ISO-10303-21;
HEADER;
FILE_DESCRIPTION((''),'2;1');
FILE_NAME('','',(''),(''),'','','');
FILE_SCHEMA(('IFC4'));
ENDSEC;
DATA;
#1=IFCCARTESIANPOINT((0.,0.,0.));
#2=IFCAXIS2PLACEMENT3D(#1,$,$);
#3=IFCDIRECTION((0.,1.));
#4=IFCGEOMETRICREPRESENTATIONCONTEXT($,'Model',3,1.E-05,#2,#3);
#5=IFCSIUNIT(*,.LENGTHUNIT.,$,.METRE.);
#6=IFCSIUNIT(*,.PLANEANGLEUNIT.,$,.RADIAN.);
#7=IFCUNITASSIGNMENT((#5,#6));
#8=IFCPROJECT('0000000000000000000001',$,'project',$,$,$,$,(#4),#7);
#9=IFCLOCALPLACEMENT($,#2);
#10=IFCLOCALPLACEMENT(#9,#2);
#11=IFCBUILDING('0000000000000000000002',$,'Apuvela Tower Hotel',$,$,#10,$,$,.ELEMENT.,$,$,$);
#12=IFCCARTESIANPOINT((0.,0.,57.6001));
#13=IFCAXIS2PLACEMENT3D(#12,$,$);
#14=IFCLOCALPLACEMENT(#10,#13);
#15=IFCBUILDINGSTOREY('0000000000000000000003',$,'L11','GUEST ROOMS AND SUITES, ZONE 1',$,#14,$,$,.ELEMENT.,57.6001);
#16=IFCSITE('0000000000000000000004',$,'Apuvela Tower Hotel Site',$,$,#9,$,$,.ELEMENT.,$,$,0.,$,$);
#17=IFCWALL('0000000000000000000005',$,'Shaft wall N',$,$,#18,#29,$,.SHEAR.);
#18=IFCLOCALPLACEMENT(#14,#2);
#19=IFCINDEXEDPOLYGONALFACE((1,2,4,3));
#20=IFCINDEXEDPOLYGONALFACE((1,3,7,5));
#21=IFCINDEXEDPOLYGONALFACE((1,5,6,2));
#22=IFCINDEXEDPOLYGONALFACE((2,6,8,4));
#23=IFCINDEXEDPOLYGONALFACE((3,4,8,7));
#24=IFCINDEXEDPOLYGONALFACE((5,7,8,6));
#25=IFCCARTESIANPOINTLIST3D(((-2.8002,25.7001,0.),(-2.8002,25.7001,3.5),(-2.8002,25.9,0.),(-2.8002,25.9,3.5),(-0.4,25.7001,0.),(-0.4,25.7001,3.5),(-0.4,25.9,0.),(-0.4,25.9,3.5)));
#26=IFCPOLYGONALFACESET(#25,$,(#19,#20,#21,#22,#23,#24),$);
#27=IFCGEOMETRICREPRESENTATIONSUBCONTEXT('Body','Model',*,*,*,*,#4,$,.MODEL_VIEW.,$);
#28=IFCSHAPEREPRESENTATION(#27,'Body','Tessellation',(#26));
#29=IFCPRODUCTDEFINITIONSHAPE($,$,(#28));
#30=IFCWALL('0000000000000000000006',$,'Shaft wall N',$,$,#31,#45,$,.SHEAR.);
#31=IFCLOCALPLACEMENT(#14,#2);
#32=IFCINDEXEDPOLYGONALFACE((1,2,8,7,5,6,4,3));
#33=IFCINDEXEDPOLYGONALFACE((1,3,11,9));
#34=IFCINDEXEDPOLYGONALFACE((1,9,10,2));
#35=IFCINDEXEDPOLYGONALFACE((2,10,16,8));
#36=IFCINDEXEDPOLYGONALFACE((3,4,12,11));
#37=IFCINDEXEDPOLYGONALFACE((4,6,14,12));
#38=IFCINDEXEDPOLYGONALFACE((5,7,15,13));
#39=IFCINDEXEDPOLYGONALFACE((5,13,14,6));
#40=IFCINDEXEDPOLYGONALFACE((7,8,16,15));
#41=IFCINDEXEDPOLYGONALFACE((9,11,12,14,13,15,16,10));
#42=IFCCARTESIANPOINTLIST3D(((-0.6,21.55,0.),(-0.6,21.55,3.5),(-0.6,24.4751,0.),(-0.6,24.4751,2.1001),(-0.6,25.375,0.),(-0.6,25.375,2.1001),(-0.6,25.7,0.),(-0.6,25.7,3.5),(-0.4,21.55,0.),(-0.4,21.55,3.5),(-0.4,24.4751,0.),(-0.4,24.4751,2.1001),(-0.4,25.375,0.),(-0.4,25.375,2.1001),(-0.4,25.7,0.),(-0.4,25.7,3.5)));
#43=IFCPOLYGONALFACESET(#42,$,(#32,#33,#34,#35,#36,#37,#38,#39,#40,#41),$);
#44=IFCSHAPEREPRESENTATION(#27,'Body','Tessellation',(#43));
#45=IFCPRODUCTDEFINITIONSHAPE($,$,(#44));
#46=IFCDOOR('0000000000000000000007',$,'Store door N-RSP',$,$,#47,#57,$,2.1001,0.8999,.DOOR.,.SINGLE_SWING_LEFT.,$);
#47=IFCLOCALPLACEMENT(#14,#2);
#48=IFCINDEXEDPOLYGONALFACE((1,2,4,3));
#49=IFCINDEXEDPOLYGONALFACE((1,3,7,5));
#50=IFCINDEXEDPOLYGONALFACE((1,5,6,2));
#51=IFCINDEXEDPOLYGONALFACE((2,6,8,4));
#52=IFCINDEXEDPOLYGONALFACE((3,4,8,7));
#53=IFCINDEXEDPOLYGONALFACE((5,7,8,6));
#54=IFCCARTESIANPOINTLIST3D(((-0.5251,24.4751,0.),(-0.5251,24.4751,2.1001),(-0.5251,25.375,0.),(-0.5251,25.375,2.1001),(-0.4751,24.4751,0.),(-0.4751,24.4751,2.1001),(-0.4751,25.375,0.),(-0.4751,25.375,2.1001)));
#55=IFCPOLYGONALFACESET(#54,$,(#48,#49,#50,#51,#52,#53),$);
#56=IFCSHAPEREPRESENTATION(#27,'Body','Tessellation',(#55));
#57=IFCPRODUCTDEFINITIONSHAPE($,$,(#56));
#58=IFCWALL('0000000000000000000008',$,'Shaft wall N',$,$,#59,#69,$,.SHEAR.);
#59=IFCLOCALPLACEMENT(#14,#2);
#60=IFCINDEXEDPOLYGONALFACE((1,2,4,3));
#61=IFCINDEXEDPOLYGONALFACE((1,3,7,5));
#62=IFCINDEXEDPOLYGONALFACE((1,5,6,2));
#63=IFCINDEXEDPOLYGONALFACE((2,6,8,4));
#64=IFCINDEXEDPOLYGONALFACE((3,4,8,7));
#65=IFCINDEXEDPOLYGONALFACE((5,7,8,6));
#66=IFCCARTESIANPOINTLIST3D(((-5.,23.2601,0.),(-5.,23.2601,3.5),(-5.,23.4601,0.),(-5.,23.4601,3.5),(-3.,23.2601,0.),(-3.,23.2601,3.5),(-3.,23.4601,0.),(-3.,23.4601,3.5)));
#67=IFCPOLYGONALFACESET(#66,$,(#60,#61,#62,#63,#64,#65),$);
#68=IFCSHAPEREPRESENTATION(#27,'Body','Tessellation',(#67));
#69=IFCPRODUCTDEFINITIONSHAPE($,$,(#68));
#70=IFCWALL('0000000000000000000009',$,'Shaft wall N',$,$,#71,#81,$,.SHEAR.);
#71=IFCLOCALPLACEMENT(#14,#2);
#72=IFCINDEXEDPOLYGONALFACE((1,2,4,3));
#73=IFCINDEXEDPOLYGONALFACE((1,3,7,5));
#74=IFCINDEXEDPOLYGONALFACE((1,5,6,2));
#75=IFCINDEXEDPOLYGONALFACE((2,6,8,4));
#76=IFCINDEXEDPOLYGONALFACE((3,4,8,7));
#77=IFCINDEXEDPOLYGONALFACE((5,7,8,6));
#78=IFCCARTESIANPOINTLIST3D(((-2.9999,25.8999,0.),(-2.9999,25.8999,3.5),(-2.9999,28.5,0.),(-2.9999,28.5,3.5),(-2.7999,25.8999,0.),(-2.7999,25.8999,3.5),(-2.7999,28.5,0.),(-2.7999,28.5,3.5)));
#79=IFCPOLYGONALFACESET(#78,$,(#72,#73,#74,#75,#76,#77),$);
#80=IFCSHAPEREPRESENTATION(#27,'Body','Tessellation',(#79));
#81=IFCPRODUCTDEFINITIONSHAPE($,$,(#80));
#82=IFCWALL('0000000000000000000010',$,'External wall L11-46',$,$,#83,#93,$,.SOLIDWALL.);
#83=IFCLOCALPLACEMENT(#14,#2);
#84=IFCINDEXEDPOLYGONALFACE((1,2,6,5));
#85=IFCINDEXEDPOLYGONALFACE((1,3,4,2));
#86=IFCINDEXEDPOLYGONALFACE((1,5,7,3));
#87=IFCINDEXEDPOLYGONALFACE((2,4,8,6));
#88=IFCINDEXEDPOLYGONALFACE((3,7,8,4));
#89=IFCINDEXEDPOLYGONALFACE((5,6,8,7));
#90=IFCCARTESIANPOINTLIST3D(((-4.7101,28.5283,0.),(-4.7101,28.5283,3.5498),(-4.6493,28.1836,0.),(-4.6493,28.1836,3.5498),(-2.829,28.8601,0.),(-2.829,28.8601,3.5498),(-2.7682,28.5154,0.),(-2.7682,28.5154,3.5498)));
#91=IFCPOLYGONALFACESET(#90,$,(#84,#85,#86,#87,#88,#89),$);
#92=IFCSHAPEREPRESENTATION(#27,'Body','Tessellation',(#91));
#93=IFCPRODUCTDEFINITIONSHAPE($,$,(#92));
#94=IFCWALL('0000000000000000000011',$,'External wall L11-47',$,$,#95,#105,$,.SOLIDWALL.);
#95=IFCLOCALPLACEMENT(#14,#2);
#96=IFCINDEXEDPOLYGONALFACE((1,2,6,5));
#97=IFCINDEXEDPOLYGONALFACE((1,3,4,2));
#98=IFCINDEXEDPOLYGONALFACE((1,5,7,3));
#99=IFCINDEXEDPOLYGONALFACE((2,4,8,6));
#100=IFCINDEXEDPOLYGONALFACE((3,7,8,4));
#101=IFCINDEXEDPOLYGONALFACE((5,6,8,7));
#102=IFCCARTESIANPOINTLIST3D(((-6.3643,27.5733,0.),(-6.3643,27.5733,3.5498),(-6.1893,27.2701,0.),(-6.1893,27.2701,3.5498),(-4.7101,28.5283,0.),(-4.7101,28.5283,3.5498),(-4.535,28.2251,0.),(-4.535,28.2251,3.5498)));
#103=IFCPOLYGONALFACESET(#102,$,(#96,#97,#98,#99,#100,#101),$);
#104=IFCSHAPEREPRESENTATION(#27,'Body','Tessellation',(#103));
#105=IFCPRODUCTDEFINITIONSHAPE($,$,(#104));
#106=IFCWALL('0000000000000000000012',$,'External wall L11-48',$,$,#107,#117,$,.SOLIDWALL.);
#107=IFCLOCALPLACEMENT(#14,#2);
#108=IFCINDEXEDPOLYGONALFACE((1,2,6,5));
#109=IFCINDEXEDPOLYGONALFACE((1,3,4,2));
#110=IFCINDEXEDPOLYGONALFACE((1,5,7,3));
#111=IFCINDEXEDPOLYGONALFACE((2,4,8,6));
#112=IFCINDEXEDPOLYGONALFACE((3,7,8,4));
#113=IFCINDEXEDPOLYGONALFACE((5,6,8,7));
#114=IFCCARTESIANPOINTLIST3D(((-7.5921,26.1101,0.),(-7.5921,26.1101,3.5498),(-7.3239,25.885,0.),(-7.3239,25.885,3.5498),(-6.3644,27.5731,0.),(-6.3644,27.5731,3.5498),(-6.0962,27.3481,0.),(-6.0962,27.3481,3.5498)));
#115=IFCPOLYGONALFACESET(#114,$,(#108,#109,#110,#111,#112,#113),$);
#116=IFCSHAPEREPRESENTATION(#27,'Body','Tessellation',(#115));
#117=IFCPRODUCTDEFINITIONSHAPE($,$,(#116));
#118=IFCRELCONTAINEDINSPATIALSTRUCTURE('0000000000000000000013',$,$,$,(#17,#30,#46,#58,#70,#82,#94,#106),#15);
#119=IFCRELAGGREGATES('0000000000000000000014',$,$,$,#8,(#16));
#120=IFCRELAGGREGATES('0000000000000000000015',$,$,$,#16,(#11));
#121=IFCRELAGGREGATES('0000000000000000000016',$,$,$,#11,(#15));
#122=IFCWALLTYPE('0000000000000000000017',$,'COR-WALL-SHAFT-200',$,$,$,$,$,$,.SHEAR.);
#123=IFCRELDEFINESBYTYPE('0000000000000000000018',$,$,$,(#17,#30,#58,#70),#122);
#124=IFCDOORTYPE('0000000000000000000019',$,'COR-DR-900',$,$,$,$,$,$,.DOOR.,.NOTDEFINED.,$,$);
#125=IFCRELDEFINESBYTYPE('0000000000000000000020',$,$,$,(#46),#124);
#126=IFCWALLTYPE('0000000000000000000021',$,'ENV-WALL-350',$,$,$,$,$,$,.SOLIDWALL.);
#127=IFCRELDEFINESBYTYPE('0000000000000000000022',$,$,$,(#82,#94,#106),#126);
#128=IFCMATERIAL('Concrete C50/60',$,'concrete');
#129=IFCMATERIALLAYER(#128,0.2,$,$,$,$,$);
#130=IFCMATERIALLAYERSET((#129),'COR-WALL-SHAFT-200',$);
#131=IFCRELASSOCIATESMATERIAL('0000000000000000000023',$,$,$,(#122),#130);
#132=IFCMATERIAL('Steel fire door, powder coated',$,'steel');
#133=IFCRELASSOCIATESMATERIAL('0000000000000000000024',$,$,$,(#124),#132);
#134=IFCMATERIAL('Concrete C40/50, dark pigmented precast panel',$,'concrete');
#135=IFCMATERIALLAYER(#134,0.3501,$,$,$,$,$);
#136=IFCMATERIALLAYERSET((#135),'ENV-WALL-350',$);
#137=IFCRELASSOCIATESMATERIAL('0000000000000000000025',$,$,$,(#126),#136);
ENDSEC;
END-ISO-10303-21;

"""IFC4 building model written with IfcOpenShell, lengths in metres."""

from ifc_helpers import new_model, si_unit, direction, frame, frame_2d, origin, place, context, subcontext, project, spatial, rectangle, extrude, material, layer, layer_set, type_object, element, fill, save


model = new_model("IFC4")

# Units and contexts
model_context = context("Model", 3, precision=1e-05, world=origin(), true_north=direction((0.0, 1.0)))
body_context = subcontext(model_context, "Body", "Model", "MODEL_VIEW")
ifc_project = project(units=[si_unit("LENGTHUNIT", "METRE"), si_unit("PLANEANGLEUNIT", "RADIAN")], contexts=[model_context])

# Site, building, storey
site_placement = place(None, origin())
site = spatial("IfcSite", under=ifc_project, at=site_placement, Name="Apuvela Tower Hotel Site", CompositionType="ELEMENT", RefElevation=0.0)
building_placement = place(site_placement, origin())
building = spatial("IfcBuilding", under=site, at=building_placement, Name="Apuvela Tower Hotel", CompositionType="ELEMENT")
storey_placement = place(building_placement, frame((0.0, 0.0, 57.6001)))
storey = spatial("IfcBuildingStorey", under=building, at=storey_placement, Name="L11", Description="GUEST ROOMS AND SUITES, ZONE 1", CompositionType="ELEMENT", Elevation=57.6001)

# Wall
ifc_material_1 = material(Name="Concrete C50/60", Category="concrete")
ifc_layer_1 = layer(ifc_material_1, 0.2)
ifc_layer_set_1 = layer_set([ifc_layer_1], Name="COR-WALL-SHAFT-200")
wall_type_1 = type_object("IfcWallType", Name="COR-WALL-SHAFT-200", PredefinedType="SHEAR", material=ifc_layer_set_1)
wall_1_placement = place(storey_placement, frame((-0.3999, 25.8, 0.0), z_axis=(0.0, 0.0, 1.0), x_axis=(-1.0, 0.0, 0.0)))
element("IfcWall", 1, at=wall_1_placement, inside=storey, type_object=wall_type_1, Name="Shaft wall N", PredefinedType="SHEAR", context=body_context, shape_type="SweptSolid", body=[
    extrude(rectangle(XDim=2.4001, YDim=0.2, at=frame_2d((1.2002, 0.0))), origin(), (0.0, 0.0, 1.0), 3.5),
])

# Wall, opening, door
wall_2_placement = place(storey_placement, frame((-0.5, 21.55, 0.0), z_axis=(0.0, 0.0, 1.0), x_axis=(0.0, 1.0, 0.0)))
wall_2 = element("IfcWall", 2, at=wall_2_placement, inside=storey, type_object=wall_type_1, Name="Shaft wall N", PredefinedType="SHEAR", context=body_context, shape_type="SweptSolid", body=[
    extrude(rectangle(XDim=4.1499, YDim=0.2, at=frame_2d((2.075, 0.0))), origin(), (0.0, 0.0, 1.0), 3.5),
])
opening_1_placement = place(wall_2_placement, frame((2.925, 0.0, 0.0)))
opening_1 = element("IfcOpeningElement", 3, at=opening_1_placement, cuts=wall_2, PredefinedType="OPENING", context=body_context, shape_type="SweptSolid", body=[
    extrude(rectangle(XDim=0.8999, YDim=2.1001, at=frame_2d((0.45, 1.05))), frame((0.0, 0.1099, 0.0), z_axis=(0.0, -1.0, 0.0), x_axis=(1.0, 0.0, 0.0)), (0.0, 0.0, 1.0), 0.22),
])
ifc_material_2 = material(Name="Steel fire door, powder coated", Category="steel")
door_type_1 = type_object("IfcDoorType", Name="COR-DR-900", OperationType="NOTDEFINED", PredefinedType="DOOR", material=ifc_material_2)
door_1_placement = place(opening_1_placement, frame((0.8999, 0.0, 0.0), z_axis=(0.0, 0.0, 1.0), x_axis=(-1.0, 0.0, 0.0)))
door_1 = element("IfcDoor", 4, at=door_1_placement, inside=storey, type_object=door_type_1, Name="Store door N-RSP", OperationType="SINGLE_SWING_LEFT", OverallHeight=2.1001, OverallWidth=0.8999, PredefinedType="DOOR", context=body_context, shape_type="SweptSolid", body=[
    extrude(rectangle(XDim=0.8999, YDim=2.1001, at=frame_2d((0.45, 1.05))), frame((0.0, 0.0249, 0.0), z_axis=(0.0, -1.0, 0.0), x_axis=(1.0, 0.0, 0.0)), (0.0, 0.0, 1.0), 0.05),
])
fill(opening_1, door_1)

# Walls
wall_3_placement = place(storey_placement, frame((-3.0, 23.3601, 0.0), z_axis=(0.0, 0.0, 1.0), x_axis=(-1.0, 0.0, 0.0)))
element("IfcWall", 5, at=wall_3_placement, inside=storey, type_object=wall_type_1, Name="Shaft wall N", PredefinedType="SHEAR", context=body_context, shape_type="SweptSolid", body=[
    extrude(rectangle(XDim=2.0, YDim=0.2, at=frame_2d((1.0, 0.0))), origin(), (0.0, 0.0, 1.0), 3.5),
])
wall_4_placement = place(storey_placement, frame((-2.8999, 25.8999, 0.0), z_axis=(0.0, 0.0, 1.0), x_axis=(0.0, 1.0, 0.0)))
element("IfcWall", 6, at=wall_4_placement, inside=storey, type_object=wall_type_1, Name="Shaft wall N", PredefinedType="SHEAR", context=body_context, shape_type="SweptSolid", body=[
    extrude(rectangle(XDim=2.6001, YDim=0.2, at=frame_2d((1.3, 0.0))), origin(), (0.0, 0.0, 1.0), 3.5),
])

# Shared definitions
ifc_material_3 = material(Name="Concrete C40/50, dark pigmented precast panel", Category="concrete")
ifc_layer_2 = layer(ifc_material_3, 0.3501)
ifc_layer_set_2 = layer_set([ifc_layer_2], Name="ENV-WALL-350")
wall_type_2 = type_object("IfcWallType", Name="ENV-WALL-350", PredefinedType="SOLIDWALL", material=ifc_layer_set_2)

# Walls
for number, where, z_axis, x_axis, name in (
    (7, (-2.7986, 28.6877, 0.0), (0.0, 0.0, 1.0), (-0.984799, -0.173698, 0.0), "External wall L11-46"),
    (8, (-4.6226, 28.3767, 0.0), (0.0, 0.0, 1.0), (-0.866032, -0.499988, 0.0), "External wall L11-47"),
):
    element("IfcWall", number, at=place(storey_placement, frame(where, z_axis=z_axis, x_axis=x_axis)), inside=storey, type_object=wall_type_2, Name=name, PredefinedType="SOLIDWALL", context=body_context, shape_type="SweptSolid", body=[
        extrude(rectangle(XDim=1.9102, YDim=0.3501, at=frame_2d((0.9551, 0.0))), origin(), (0.0, 0.0, 1.0), 3.5498),
    ])
wall_5_placement = place(storey_placement, frame((-6.2302, 27.4607, 0.0), z_axis=(0.0, 0.0, 1.0), x_axis=(-0.642808, -0.766027, 0.0)))
element("IfcWall", 9, at=wall_5_placement, inside=storey, type_object=wall_type_2, Name="External wall L11-48", PredefinedType="SOLIDWALL", context=body_context, shape_type="SweptSolid", body=[
    extrude(rectangle(XDim=1.9099, YDim=0.3501, at=frame_2d((0.9551, 0.0))), origin(), (0.0, 0.0, 1.0), 3.5498),
])

save(model, "model.ifc")
